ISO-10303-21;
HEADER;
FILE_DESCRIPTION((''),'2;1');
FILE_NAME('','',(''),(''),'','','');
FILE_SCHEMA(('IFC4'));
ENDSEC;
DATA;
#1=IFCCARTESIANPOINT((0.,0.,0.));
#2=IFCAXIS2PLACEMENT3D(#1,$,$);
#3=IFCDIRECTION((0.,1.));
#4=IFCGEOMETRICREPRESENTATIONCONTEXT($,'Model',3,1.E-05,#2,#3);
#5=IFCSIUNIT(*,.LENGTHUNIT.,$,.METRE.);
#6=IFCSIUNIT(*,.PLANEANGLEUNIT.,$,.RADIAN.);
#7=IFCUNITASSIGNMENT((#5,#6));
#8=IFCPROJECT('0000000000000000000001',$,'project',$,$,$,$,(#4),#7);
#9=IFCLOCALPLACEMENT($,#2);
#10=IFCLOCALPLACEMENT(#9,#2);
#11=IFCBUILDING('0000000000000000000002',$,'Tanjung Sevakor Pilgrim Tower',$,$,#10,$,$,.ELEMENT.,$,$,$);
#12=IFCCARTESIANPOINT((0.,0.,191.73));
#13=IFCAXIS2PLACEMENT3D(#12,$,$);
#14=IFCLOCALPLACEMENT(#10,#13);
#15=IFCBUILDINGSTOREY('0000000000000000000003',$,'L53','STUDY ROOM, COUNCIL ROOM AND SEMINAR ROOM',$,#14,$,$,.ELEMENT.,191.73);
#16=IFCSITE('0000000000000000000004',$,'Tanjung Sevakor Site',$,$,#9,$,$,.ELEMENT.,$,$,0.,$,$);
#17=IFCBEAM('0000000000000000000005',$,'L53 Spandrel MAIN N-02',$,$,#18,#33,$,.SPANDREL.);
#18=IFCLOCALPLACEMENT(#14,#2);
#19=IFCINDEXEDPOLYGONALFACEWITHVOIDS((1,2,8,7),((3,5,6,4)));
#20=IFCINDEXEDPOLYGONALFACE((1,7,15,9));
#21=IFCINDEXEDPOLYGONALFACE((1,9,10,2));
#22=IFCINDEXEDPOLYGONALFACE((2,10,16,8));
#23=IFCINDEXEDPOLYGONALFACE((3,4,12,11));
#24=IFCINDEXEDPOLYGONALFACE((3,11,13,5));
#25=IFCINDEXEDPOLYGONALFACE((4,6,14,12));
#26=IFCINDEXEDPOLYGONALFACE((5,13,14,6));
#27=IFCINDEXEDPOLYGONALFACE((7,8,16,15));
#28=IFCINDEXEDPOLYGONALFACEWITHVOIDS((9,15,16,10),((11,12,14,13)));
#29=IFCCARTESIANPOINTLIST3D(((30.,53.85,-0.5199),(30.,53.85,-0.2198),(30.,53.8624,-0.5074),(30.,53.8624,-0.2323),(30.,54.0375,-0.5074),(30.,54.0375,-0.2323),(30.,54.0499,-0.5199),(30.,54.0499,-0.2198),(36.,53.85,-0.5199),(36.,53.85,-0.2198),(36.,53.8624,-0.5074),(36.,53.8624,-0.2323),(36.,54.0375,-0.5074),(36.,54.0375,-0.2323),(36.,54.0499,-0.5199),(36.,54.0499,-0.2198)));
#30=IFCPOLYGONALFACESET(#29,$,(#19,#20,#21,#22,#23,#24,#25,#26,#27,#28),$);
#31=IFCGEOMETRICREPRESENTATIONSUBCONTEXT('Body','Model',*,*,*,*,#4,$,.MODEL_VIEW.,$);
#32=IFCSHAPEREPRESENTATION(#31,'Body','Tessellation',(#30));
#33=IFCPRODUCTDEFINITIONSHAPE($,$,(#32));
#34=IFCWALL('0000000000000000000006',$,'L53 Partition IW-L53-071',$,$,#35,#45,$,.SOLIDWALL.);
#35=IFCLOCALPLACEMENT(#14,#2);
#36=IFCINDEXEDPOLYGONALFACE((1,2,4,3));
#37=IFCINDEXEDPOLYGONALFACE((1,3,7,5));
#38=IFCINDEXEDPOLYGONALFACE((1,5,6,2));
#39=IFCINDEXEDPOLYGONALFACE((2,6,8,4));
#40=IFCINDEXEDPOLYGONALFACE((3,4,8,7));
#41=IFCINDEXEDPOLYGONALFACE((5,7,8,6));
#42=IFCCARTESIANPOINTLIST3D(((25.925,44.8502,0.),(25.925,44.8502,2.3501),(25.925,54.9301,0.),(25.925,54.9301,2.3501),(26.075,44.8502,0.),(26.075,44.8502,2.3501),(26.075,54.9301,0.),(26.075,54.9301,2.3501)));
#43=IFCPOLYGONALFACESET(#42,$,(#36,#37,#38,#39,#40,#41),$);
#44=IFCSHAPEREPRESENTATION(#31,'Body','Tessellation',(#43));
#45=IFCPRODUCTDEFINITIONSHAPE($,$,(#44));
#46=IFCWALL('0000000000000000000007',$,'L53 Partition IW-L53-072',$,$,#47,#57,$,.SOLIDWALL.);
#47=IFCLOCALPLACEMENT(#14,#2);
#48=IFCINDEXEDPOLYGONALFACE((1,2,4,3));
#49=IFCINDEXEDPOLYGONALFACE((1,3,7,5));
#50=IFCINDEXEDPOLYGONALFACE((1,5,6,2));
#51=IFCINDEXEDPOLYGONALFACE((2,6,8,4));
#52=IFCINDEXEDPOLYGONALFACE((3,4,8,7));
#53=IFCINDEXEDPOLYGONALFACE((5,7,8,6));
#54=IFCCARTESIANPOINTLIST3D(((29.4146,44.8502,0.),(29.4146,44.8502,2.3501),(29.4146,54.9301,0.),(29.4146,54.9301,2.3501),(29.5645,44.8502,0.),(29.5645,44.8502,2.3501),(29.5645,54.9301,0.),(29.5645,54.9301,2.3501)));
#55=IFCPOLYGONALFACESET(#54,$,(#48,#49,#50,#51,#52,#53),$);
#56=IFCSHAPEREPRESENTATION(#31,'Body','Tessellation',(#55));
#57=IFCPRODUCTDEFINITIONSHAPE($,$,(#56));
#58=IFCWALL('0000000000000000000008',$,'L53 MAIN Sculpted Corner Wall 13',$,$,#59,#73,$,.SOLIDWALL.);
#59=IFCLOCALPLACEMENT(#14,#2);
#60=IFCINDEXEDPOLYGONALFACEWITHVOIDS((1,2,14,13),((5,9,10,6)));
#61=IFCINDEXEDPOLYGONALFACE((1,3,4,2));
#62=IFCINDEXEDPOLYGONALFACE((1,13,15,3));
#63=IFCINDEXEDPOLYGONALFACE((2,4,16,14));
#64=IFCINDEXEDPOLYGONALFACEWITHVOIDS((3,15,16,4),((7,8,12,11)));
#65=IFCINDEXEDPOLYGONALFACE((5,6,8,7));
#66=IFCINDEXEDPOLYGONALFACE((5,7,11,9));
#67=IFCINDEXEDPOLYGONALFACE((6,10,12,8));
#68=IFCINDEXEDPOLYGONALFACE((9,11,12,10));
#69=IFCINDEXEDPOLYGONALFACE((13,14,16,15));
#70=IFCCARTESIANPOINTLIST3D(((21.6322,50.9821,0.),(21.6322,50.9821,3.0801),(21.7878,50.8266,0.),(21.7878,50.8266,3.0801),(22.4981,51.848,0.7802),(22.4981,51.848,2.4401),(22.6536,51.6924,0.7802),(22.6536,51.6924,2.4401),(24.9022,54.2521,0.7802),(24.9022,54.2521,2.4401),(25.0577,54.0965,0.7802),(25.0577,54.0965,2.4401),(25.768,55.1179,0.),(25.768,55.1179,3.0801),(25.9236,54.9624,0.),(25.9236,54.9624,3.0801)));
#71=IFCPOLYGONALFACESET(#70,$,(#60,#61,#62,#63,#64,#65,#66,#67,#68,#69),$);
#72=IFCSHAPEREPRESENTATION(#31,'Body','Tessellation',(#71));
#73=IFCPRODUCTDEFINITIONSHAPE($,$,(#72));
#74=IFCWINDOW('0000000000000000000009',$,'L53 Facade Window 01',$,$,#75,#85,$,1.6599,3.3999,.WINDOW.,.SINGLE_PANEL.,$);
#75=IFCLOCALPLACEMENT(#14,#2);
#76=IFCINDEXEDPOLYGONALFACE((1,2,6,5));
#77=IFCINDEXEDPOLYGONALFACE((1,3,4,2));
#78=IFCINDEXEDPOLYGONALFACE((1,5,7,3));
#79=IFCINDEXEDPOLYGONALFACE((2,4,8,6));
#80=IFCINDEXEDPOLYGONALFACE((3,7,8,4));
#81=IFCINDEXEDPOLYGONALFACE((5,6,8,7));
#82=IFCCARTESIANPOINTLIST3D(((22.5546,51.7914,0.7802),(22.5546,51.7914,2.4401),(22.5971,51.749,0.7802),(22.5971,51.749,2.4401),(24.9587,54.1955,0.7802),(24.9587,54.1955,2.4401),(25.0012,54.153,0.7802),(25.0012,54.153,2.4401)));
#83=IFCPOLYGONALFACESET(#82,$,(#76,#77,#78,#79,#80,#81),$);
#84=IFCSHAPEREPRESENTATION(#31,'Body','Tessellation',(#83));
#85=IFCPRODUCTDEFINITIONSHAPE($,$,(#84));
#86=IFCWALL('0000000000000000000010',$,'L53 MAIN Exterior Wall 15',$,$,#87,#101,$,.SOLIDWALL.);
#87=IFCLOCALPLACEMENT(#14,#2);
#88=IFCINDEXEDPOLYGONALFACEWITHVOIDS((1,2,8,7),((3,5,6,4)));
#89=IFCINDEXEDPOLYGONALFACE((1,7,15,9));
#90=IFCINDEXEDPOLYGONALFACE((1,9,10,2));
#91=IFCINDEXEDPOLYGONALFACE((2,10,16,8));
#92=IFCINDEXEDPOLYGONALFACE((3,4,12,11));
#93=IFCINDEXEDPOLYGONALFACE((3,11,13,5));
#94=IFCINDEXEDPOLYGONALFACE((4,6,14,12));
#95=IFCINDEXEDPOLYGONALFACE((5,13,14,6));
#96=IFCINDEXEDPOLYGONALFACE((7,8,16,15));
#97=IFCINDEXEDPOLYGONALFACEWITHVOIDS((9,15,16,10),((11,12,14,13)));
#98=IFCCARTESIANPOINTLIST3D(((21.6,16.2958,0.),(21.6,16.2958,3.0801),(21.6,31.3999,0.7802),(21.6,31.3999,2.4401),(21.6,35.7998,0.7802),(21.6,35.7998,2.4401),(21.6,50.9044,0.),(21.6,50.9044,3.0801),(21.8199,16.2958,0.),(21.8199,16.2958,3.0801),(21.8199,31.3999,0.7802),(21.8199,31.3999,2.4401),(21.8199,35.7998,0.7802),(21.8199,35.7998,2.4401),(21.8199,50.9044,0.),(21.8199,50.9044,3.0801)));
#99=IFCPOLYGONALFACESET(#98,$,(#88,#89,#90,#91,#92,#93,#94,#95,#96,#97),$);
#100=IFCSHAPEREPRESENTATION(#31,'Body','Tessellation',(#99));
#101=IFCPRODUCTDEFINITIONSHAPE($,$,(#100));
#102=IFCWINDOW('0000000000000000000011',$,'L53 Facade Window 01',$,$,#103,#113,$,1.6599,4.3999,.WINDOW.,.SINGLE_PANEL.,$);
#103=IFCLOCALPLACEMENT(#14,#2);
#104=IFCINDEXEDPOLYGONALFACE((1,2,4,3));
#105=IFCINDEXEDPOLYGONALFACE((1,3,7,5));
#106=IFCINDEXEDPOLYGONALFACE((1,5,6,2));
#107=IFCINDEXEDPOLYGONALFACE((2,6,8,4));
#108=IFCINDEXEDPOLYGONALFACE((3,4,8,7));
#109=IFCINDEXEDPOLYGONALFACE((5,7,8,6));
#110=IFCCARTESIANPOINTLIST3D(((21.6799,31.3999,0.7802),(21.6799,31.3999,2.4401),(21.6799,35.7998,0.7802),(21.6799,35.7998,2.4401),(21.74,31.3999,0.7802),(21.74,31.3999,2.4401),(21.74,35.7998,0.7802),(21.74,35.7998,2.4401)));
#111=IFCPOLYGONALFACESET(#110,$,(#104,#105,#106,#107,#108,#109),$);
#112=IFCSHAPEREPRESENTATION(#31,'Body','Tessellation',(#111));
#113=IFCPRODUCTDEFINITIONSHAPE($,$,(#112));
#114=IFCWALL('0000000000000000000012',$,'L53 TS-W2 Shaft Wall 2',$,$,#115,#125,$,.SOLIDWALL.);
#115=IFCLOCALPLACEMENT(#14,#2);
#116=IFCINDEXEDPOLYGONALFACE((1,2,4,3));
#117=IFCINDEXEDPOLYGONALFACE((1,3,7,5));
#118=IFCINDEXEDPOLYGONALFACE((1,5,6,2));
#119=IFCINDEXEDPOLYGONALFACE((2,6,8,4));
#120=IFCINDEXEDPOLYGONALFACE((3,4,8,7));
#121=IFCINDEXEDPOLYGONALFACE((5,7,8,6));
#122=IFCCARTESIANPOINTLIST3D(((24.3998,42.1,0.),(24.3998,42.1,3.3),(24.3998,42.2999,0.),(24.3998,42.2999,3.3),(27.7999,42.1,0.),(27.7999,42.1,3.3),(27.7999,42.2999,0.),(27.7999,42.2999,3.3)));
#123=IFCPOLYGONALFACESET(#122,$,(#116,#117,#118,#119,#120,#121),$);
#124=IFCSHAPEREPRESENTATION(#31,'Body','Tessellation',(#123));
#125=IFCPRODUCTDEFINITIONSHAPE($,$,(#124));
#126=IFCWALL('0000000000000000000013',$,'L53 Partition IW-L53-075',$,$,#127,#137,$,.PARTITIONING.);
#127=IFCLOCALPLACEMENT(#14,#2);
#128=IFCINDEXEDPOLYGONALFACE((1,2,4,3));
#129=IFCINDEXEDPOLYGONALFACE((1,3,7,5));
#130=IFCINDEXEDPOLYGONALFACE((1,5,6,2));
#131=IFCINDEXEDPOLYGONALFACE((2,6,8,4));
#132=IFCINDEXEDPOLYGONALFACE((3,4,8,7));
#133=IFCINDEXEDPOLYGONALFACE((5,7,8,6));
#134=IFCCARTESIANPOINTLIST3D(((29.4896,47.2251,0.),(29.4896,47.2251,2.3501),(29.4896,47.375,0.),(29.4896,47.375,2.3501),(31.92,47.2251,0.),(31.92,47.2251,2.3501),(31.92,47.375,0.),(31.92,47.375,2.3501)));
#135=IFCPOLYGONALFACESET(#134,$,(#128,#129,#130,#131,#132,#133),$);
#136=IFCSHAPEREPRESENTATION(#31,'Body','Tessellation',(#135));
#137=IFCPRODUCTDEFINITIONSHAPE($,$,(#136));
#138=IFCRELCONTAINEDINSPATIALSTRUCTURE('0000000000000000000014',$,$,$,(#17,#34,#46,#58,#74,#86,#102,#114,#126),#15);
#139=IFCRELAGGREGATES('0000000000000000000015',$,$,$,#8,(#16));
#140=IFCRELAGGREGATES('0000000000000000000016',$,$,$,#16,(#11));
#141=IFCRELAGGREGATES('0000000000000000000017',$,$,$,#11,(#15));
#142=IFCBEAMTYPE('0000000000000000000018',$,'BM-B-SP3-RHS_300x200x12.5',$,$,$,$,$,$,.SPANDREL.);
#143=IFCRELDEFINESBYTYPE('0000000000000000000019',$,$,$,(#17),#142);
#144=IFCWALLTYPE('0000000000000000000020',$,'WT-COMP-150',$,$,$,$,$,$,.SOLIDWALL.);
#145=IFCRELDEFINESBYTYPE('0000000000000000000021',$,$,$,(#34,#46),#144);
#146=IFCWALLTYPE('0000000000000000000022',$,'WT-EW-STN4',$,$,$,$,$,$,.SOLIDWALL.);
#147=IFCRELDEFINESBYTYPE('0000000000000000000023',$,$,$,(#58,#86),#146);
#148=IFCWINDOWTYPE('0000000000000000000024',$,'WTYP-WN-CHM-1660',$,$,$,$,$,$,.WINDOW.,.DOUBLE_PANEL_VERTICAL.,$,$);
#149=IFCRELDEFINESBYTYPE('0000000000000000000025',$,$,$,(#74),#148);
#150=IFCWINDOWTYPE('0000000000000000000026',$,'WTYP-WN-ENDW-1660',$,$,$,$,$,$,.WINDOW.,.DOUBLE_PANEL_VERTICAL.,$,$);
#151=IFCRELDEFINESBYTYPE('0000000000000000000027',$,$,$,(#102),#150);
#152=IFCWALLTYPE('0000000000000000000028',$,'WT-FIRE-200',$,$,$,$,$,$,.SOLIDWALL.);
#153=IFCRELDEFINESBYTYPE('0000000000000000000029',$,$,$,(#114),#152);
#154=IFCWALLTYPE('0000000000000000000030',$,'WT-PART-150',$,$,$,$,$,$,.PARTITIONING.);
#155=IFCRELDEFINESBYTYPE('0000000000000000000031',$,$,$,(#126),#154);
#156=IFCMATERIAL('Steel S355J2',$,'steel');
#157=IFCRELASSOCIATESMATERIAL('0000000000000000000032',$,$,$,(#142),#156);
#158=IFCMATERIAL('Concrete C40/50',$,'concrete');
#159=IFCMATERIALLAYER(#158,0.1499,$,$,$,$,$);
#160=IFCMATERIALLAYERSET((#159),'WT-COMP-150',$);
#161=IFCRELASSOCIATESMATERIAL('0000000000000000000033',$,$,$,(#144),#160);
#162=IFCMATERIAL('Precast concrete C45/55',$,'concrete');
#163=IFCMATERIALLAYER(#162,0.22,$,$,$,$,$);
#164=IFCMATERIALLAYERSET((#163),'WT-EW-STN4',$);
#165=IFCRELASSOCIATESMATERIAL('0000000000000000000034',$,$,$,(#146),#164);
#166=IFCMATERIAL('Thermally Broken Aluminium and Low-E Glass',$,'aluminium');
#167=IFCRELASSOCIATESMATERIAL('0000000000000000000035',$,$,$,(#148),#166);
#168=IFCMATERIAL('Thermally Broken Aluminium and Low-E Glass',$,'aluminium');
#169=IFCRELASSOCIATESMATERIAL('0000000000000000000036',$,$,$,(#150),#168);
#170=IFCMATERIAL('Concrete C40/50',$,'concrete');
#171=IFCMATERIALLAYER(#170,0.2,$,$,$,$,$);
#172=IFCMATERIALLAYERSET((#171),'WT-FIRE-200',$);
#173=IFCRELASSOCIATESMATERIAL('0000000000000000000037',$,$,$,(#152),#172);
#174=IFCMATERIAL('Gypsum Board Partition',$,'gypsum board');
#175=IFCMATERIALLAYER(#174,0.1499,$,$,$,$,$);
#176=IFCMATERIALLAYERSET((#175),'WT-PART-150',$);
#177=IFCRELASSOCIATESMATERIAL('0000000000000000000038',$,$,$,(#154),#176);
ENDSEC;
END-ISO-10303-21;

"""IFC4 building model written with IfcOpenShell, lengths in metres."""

from ifc_helpers import new_model, si_unit, direction, frame, frame_2d, origin, origin_2d, place, context, subcontext, project, spatial, rectangle, hollow_rectangle, extrude, material, layer, layer_set, material_profile, profile_set, type_object, element, fill, save


model = new_model("IFC4")

# Units and contexts
model_context = context("Model", 3, precision=1e-05, world=origin(), true_north=direction((0.0, 1.0)))
body_context = subcontext(model_context, "Body", "Model", "MODEL_VIEW")
ifc_project = project(units=[si_unit("LENGTHUNIT", "METRE"), si_unit("PLANEANGLEUNIT", "RADIAN")], contexts=[model_context])

# Site, building, storey
site_placement = place(None, origin())
site = spatial("IfcSite", under=ifc_project, at=site_placement, Name="Tanjung Sevakor Site", CompositionType="ELEMENT", RefElevation=0.0)
building_placement = place(site_placement, origin())
building = spatial("IfcBuilding", under=site, at=building_placement, Name="Tanjung Sevakor Pilgrim Tower", CompositionType="ELEMENT")
storey_placement = place(building_placement, frame((0.0, 0.0, 191.73)))
storey = spatial("IfcBuildingStorey", under=building, at=storey_placement, Name="L53", Description="STUDY ROOM, COUNCIL ROOM AND SEMINAR ROOM", CompositionType="ELEMENT", Elevation=191.73)

# Beam
ifc_material_1 = material(Name="Steel S355J2", Category="steel")
ifc_material_profile_1 = material_profile(ifc_material_1, hollow_rectangle(XDim=0.2, YDim=0.3, WallThickness=0.0125, at=origin_2d()))
ifc_profile_set_1 = profile_set([ifc_material_profile_1], Name="Steel S355J2")
beam_type_1 = type_object("IfcBeamType", Name="BM-B-SP3-RHS_300x200x12.5", PredefinedType="SPANDREL", material=ifc_profile_set_1)
beam_1_placement = place(storey_placement, frame((30.0, 53.95, -0.3699), z_axis=(1.0, 0.0, 0.0), x_axis=(0.0, 1.0, 0.0)))
element("IfcBeam", 1, at=beam_1_placement, inside=storey, type_object=beam_type_1, Name="L53 Spandrel MAIN N-02", PredefinedType="SPANDREL", context=body_context, shape_type="SweptSolid", body=[
    extrude(hollow_rectangle(XDim=0.2, YDim=0.3, WallThickness=0.0125, at=origin_2d()), origin(), (0.0, 0.0, 1.0), 6.0),
])

# Walls
ifc_material_2 = material(Name="Concrete C40/50", Category="concrete")
ifc_layer_1 = layer(ifc_material_2, 0.1499)
ifc_layer_set_1 = layer_set([ifc_layer_1], Name="WT-COMP-150")
wall_type_1 = type_object("IfcWallType", Name="WT-COMP-150", PredefinedType="SOLIDWALL", material=ifc_layer_set_1)
for number, where, z_axis, x_axis, name in (
    (2, (26.0, 44.8501, 0.0), (0.0, 0.0, 1.0), (0.0, 1.0, 0.0), "L53 Partition IW-L53-071"),
    (3, (29.4895, 44.8501, 0.0), (0.0, 0.0, 1.0), (0.0, 1.0, 0.0), "L53 Partition IW-L53-072"),
):
    element("IfcWall", number, at=place(storey_placement, frame(where, z_axis=z_axis, x_axis=x_axis)), inside=storey, type_object=wall_type_1, Name=name, PredefinedType="SOLIDWALL", context=body_context, shape_type="SweptSolid", body=[
        extrude(rectangle(XDim=10.0798, YDim=0.1499, at=frame_2d((5.04, 0.0))), origin(), (0.0, 0.0, 1.0), 2.3501),
    ])

# Walls, openings, windows
ifc_material_3 = material(Name="Precast concrete C45/55", Category="concrete")
ifc_layer_2 = layer(ifc_material_3, 0.22)
ifc_layer_set_2 = layer_set([ifc_layer_2], Name="WT-EW-STN4")
wall_type_2 = type_object("IfcWallType", Name="WT-EW-STN4", PredefinedType="SOLIDWALL", material=ifc_layer_set_2)
wall_1_placement = place(storey_placement, frame((25.8457, 55.04, 0.0), z_axis=(0.0, 0.0, 1.0), x_axis=(-0.707107, -0.707107, 0.0)))
wall_1 = element("IfcWall", 4, at=wall_1_placement, inside=storey, type_object=wall_type_2, Name="L53 MAIN Sculpted Corner Wall 13", PredefinedType="SOLIDWALL", context=body_context, shape_type="SweptSolid", body=[
    extrude(rectangle(XDim=5.8489, YDim=0.22, at=frame_2d((2.9243, 0.0))), origin(), (0.0, 0.0, 1.0), 3.0801),
])
opening_1_placement = place(wall_1_placement, frame((1.2244, 0.0, 0.78)))
opening_1 = element("IfcOpeningElement", 5, at=opening_1_placement, cuts=wall_1, PredefinedType="OPENING", context=body_context, shape_type="SweptSolid", body=[
    extrude(rectangle(XDim=3.3999, YDim=1.6599, at=frame_2d((1.7, 0.8301))), frame((0.0, 0.1199, 0.0), z_axis=(0.0, -1.0, 0.0), x_axis=(1.0, 0.0, 0.0)), (0.0, 0.0, 1.0), 0.24),
])
ifc_material_4 = material(Name="Thermally Broken Aluminium and Low-E Glass", Category="aluminium")
window_type_1 = type_object("IfcWindowType", Name="WTYP-WN-CHM-1660", PartitioningType="DOUBLE_PANEL_VERTICAL", PredefinedType="WINDOW", material=ifc_material_4)
window_1_placement = place(opening_1_placement, origin())
window_1 = element("IfcWindow", 6, at=window_1_placement, inside=storey, type_object=window_type_1, Name="L53 Facade Window 01", OverallHeight=1.6599, OverallWidth=3.3999, PartitioningType="SINGLE_PANEL", PredefinedType="WINDOW", context=body_context, shape_type="SweptSolid", body=[
    extrude(rectangle(XDim=3.3999, YDim=1.6599, at=frame_2d((1.7, 0.8301))), frame((0.0, 0.03, 0.0), z_axis=(0.0, -1.0, 0.0), x_axis=(1.0, 0.0, 0.0)), (0.0, 0.0, 1.0), 0.0601),
])
fill(opening_1, window_1)
wall_2_placement = place(storey_placement, frame((21.71, 50.9043, 0.0), z_axis=(0.0, 0.0, 1.0), x_axis=(0.0, -1.0, 0.0)))
wall_2 = element("IfcWall", 7, at=wall_2_placement, inside=storey, type_object=wall_type_2, Name="L53 MAIN Exterior Wall 15", PredefinedType="SOLIDWALL", context=body_context, shape_type="SweptSolid", body=[
    extrude(rectangle(XDim=34.6086, YDim=0.22, at=frame_2d((17.3042, 0.0))), origin(), (0.0, 0.0, 1.0), 3.0801),
])
opening_2_placement = place(wall_2_placement, frame((15.1045, 0.0, 0.78)))
opening_2 = element("IfcOpeningElement", 8, at=opening_2_placement, cuts=wall_2, PredefinedType="OPENING", context=body_context, shape_type="SweptSolid", body=[
    extrude(rectangle(XDim=4.3999, YDim=1.6599, at=frame_2d((2.2, 0.8301))), frame((0.0, 0.1199, 0.0), z_axis=(0.0, -1.0, 0.0), x_axis=(1.0, 0.0, 0.0)), (0.0, 0.0, 1.0), 0.24),
])
ifc_material_5 = material(Name="Thermally Broken Aluminium and Low-E Glass", Category="aluminium")
window_type_2 = type_object("IfcWindowType", Name="WTYP-WN-ENDW-1660", PartitioningType="DOUBLE_PANEL_VERTICAL", PredefinedType="WINDOW", material=ifc_material_5)
window_2_placement = place(opening_2_placement, origin())
window_2 = element("IfcWindow", 9, at=window_2_placement, inside=storey, type_object=window_type_2, Name="L53 Facade Window 01", OverallHeight=1.6599, OverallWidth=4.3999, PartitioningType="SINGLE_PANEL", PredefinedType="WINDOW", context=body_context, shape_type="SweptSolid", body=[
    extrude(rectangle(XDim=4.3999, YDim=1.6599, at=frame_2d((2.2, 0.8301))), frame((0.0, 0.03, 0.0), z_axis=(0.0, -1.0, 0.0), x_axis=(1.0, 0.0, 0.0)), (0.0, 0.0, 1.0), 0.0601),
])
fill(opening_2, window_2)

# Walls
ifc_material_6 = material(Name="Concrete C40/50", Category="concrete")
ifc_layer_3 = layer(ifc_material_6, 0.2)
ifc_layer_set_3 = layer_set([ifc_layer_3], Name="WT-FIRE-200")
wall_type_3 = type_object("IfcWallType", Name="WT-FIRE-200", PredefinedType="SOLIDWALL", material=ifc_layer_set_3)
wall_3_placement = place(storey_placement, frame((27.8, 42.2, 0.0), z_axis=(0.0, 0.0, 1.0), x_axis=(-1.0, 0.0, 0.0)))
element("IfcWall", 10, at=wall_3_placement, inside=storey, type_object=wall_type_3, Name="L53 TS-W2 Shaft Wall 2", PredefinedType="SOLIDWALL", context=body_context, shape_type="SweptSolid", body=[
    extrude(rectangle(XDim=3.4001, YDim=0.2, at=frame_2d((1.7002, 0.0))), origin(), (0.0, 0.0, 1.0), 3.3),
])
ifc_material_7 = material(Name="Gypsum Board Partition", Category="gypsum board")
ifc_layer_4 = layer(ifc_material_7, 0.1499)
ifc_layer_set_4 = layer_set([ifc_layer_4], Name="WT-PART-150")
wall_type_4 = type_object("IfcWallType", Name="WT-PART-150", PredefinedType="PARTITIONING", material=ifc_layer_set_4)
wall_4_placement = place(storey_placement, frame((29.4895, 47.3, 0.0), z_axis=(0.0, 0.0, 1.0), x_axis=(1.0, 0.0, 0.0)))
element("IfcWall", 11, at=wall_4_placement, inside=storey, type_object=wall_type_4, Name="L53 Partition IW-L53-075", PredefinedType="PARTITIONING", context=body_context, shape_type="SweptSolid", body=[
    extrude(rectangle(XDim=2.4304, YDim=0.1499, at=frame_2d((1.2153, 0.0))), origin(), (0.0, 0.0, 1.0), 2.3501),
])

save(model, "model.ifc")
